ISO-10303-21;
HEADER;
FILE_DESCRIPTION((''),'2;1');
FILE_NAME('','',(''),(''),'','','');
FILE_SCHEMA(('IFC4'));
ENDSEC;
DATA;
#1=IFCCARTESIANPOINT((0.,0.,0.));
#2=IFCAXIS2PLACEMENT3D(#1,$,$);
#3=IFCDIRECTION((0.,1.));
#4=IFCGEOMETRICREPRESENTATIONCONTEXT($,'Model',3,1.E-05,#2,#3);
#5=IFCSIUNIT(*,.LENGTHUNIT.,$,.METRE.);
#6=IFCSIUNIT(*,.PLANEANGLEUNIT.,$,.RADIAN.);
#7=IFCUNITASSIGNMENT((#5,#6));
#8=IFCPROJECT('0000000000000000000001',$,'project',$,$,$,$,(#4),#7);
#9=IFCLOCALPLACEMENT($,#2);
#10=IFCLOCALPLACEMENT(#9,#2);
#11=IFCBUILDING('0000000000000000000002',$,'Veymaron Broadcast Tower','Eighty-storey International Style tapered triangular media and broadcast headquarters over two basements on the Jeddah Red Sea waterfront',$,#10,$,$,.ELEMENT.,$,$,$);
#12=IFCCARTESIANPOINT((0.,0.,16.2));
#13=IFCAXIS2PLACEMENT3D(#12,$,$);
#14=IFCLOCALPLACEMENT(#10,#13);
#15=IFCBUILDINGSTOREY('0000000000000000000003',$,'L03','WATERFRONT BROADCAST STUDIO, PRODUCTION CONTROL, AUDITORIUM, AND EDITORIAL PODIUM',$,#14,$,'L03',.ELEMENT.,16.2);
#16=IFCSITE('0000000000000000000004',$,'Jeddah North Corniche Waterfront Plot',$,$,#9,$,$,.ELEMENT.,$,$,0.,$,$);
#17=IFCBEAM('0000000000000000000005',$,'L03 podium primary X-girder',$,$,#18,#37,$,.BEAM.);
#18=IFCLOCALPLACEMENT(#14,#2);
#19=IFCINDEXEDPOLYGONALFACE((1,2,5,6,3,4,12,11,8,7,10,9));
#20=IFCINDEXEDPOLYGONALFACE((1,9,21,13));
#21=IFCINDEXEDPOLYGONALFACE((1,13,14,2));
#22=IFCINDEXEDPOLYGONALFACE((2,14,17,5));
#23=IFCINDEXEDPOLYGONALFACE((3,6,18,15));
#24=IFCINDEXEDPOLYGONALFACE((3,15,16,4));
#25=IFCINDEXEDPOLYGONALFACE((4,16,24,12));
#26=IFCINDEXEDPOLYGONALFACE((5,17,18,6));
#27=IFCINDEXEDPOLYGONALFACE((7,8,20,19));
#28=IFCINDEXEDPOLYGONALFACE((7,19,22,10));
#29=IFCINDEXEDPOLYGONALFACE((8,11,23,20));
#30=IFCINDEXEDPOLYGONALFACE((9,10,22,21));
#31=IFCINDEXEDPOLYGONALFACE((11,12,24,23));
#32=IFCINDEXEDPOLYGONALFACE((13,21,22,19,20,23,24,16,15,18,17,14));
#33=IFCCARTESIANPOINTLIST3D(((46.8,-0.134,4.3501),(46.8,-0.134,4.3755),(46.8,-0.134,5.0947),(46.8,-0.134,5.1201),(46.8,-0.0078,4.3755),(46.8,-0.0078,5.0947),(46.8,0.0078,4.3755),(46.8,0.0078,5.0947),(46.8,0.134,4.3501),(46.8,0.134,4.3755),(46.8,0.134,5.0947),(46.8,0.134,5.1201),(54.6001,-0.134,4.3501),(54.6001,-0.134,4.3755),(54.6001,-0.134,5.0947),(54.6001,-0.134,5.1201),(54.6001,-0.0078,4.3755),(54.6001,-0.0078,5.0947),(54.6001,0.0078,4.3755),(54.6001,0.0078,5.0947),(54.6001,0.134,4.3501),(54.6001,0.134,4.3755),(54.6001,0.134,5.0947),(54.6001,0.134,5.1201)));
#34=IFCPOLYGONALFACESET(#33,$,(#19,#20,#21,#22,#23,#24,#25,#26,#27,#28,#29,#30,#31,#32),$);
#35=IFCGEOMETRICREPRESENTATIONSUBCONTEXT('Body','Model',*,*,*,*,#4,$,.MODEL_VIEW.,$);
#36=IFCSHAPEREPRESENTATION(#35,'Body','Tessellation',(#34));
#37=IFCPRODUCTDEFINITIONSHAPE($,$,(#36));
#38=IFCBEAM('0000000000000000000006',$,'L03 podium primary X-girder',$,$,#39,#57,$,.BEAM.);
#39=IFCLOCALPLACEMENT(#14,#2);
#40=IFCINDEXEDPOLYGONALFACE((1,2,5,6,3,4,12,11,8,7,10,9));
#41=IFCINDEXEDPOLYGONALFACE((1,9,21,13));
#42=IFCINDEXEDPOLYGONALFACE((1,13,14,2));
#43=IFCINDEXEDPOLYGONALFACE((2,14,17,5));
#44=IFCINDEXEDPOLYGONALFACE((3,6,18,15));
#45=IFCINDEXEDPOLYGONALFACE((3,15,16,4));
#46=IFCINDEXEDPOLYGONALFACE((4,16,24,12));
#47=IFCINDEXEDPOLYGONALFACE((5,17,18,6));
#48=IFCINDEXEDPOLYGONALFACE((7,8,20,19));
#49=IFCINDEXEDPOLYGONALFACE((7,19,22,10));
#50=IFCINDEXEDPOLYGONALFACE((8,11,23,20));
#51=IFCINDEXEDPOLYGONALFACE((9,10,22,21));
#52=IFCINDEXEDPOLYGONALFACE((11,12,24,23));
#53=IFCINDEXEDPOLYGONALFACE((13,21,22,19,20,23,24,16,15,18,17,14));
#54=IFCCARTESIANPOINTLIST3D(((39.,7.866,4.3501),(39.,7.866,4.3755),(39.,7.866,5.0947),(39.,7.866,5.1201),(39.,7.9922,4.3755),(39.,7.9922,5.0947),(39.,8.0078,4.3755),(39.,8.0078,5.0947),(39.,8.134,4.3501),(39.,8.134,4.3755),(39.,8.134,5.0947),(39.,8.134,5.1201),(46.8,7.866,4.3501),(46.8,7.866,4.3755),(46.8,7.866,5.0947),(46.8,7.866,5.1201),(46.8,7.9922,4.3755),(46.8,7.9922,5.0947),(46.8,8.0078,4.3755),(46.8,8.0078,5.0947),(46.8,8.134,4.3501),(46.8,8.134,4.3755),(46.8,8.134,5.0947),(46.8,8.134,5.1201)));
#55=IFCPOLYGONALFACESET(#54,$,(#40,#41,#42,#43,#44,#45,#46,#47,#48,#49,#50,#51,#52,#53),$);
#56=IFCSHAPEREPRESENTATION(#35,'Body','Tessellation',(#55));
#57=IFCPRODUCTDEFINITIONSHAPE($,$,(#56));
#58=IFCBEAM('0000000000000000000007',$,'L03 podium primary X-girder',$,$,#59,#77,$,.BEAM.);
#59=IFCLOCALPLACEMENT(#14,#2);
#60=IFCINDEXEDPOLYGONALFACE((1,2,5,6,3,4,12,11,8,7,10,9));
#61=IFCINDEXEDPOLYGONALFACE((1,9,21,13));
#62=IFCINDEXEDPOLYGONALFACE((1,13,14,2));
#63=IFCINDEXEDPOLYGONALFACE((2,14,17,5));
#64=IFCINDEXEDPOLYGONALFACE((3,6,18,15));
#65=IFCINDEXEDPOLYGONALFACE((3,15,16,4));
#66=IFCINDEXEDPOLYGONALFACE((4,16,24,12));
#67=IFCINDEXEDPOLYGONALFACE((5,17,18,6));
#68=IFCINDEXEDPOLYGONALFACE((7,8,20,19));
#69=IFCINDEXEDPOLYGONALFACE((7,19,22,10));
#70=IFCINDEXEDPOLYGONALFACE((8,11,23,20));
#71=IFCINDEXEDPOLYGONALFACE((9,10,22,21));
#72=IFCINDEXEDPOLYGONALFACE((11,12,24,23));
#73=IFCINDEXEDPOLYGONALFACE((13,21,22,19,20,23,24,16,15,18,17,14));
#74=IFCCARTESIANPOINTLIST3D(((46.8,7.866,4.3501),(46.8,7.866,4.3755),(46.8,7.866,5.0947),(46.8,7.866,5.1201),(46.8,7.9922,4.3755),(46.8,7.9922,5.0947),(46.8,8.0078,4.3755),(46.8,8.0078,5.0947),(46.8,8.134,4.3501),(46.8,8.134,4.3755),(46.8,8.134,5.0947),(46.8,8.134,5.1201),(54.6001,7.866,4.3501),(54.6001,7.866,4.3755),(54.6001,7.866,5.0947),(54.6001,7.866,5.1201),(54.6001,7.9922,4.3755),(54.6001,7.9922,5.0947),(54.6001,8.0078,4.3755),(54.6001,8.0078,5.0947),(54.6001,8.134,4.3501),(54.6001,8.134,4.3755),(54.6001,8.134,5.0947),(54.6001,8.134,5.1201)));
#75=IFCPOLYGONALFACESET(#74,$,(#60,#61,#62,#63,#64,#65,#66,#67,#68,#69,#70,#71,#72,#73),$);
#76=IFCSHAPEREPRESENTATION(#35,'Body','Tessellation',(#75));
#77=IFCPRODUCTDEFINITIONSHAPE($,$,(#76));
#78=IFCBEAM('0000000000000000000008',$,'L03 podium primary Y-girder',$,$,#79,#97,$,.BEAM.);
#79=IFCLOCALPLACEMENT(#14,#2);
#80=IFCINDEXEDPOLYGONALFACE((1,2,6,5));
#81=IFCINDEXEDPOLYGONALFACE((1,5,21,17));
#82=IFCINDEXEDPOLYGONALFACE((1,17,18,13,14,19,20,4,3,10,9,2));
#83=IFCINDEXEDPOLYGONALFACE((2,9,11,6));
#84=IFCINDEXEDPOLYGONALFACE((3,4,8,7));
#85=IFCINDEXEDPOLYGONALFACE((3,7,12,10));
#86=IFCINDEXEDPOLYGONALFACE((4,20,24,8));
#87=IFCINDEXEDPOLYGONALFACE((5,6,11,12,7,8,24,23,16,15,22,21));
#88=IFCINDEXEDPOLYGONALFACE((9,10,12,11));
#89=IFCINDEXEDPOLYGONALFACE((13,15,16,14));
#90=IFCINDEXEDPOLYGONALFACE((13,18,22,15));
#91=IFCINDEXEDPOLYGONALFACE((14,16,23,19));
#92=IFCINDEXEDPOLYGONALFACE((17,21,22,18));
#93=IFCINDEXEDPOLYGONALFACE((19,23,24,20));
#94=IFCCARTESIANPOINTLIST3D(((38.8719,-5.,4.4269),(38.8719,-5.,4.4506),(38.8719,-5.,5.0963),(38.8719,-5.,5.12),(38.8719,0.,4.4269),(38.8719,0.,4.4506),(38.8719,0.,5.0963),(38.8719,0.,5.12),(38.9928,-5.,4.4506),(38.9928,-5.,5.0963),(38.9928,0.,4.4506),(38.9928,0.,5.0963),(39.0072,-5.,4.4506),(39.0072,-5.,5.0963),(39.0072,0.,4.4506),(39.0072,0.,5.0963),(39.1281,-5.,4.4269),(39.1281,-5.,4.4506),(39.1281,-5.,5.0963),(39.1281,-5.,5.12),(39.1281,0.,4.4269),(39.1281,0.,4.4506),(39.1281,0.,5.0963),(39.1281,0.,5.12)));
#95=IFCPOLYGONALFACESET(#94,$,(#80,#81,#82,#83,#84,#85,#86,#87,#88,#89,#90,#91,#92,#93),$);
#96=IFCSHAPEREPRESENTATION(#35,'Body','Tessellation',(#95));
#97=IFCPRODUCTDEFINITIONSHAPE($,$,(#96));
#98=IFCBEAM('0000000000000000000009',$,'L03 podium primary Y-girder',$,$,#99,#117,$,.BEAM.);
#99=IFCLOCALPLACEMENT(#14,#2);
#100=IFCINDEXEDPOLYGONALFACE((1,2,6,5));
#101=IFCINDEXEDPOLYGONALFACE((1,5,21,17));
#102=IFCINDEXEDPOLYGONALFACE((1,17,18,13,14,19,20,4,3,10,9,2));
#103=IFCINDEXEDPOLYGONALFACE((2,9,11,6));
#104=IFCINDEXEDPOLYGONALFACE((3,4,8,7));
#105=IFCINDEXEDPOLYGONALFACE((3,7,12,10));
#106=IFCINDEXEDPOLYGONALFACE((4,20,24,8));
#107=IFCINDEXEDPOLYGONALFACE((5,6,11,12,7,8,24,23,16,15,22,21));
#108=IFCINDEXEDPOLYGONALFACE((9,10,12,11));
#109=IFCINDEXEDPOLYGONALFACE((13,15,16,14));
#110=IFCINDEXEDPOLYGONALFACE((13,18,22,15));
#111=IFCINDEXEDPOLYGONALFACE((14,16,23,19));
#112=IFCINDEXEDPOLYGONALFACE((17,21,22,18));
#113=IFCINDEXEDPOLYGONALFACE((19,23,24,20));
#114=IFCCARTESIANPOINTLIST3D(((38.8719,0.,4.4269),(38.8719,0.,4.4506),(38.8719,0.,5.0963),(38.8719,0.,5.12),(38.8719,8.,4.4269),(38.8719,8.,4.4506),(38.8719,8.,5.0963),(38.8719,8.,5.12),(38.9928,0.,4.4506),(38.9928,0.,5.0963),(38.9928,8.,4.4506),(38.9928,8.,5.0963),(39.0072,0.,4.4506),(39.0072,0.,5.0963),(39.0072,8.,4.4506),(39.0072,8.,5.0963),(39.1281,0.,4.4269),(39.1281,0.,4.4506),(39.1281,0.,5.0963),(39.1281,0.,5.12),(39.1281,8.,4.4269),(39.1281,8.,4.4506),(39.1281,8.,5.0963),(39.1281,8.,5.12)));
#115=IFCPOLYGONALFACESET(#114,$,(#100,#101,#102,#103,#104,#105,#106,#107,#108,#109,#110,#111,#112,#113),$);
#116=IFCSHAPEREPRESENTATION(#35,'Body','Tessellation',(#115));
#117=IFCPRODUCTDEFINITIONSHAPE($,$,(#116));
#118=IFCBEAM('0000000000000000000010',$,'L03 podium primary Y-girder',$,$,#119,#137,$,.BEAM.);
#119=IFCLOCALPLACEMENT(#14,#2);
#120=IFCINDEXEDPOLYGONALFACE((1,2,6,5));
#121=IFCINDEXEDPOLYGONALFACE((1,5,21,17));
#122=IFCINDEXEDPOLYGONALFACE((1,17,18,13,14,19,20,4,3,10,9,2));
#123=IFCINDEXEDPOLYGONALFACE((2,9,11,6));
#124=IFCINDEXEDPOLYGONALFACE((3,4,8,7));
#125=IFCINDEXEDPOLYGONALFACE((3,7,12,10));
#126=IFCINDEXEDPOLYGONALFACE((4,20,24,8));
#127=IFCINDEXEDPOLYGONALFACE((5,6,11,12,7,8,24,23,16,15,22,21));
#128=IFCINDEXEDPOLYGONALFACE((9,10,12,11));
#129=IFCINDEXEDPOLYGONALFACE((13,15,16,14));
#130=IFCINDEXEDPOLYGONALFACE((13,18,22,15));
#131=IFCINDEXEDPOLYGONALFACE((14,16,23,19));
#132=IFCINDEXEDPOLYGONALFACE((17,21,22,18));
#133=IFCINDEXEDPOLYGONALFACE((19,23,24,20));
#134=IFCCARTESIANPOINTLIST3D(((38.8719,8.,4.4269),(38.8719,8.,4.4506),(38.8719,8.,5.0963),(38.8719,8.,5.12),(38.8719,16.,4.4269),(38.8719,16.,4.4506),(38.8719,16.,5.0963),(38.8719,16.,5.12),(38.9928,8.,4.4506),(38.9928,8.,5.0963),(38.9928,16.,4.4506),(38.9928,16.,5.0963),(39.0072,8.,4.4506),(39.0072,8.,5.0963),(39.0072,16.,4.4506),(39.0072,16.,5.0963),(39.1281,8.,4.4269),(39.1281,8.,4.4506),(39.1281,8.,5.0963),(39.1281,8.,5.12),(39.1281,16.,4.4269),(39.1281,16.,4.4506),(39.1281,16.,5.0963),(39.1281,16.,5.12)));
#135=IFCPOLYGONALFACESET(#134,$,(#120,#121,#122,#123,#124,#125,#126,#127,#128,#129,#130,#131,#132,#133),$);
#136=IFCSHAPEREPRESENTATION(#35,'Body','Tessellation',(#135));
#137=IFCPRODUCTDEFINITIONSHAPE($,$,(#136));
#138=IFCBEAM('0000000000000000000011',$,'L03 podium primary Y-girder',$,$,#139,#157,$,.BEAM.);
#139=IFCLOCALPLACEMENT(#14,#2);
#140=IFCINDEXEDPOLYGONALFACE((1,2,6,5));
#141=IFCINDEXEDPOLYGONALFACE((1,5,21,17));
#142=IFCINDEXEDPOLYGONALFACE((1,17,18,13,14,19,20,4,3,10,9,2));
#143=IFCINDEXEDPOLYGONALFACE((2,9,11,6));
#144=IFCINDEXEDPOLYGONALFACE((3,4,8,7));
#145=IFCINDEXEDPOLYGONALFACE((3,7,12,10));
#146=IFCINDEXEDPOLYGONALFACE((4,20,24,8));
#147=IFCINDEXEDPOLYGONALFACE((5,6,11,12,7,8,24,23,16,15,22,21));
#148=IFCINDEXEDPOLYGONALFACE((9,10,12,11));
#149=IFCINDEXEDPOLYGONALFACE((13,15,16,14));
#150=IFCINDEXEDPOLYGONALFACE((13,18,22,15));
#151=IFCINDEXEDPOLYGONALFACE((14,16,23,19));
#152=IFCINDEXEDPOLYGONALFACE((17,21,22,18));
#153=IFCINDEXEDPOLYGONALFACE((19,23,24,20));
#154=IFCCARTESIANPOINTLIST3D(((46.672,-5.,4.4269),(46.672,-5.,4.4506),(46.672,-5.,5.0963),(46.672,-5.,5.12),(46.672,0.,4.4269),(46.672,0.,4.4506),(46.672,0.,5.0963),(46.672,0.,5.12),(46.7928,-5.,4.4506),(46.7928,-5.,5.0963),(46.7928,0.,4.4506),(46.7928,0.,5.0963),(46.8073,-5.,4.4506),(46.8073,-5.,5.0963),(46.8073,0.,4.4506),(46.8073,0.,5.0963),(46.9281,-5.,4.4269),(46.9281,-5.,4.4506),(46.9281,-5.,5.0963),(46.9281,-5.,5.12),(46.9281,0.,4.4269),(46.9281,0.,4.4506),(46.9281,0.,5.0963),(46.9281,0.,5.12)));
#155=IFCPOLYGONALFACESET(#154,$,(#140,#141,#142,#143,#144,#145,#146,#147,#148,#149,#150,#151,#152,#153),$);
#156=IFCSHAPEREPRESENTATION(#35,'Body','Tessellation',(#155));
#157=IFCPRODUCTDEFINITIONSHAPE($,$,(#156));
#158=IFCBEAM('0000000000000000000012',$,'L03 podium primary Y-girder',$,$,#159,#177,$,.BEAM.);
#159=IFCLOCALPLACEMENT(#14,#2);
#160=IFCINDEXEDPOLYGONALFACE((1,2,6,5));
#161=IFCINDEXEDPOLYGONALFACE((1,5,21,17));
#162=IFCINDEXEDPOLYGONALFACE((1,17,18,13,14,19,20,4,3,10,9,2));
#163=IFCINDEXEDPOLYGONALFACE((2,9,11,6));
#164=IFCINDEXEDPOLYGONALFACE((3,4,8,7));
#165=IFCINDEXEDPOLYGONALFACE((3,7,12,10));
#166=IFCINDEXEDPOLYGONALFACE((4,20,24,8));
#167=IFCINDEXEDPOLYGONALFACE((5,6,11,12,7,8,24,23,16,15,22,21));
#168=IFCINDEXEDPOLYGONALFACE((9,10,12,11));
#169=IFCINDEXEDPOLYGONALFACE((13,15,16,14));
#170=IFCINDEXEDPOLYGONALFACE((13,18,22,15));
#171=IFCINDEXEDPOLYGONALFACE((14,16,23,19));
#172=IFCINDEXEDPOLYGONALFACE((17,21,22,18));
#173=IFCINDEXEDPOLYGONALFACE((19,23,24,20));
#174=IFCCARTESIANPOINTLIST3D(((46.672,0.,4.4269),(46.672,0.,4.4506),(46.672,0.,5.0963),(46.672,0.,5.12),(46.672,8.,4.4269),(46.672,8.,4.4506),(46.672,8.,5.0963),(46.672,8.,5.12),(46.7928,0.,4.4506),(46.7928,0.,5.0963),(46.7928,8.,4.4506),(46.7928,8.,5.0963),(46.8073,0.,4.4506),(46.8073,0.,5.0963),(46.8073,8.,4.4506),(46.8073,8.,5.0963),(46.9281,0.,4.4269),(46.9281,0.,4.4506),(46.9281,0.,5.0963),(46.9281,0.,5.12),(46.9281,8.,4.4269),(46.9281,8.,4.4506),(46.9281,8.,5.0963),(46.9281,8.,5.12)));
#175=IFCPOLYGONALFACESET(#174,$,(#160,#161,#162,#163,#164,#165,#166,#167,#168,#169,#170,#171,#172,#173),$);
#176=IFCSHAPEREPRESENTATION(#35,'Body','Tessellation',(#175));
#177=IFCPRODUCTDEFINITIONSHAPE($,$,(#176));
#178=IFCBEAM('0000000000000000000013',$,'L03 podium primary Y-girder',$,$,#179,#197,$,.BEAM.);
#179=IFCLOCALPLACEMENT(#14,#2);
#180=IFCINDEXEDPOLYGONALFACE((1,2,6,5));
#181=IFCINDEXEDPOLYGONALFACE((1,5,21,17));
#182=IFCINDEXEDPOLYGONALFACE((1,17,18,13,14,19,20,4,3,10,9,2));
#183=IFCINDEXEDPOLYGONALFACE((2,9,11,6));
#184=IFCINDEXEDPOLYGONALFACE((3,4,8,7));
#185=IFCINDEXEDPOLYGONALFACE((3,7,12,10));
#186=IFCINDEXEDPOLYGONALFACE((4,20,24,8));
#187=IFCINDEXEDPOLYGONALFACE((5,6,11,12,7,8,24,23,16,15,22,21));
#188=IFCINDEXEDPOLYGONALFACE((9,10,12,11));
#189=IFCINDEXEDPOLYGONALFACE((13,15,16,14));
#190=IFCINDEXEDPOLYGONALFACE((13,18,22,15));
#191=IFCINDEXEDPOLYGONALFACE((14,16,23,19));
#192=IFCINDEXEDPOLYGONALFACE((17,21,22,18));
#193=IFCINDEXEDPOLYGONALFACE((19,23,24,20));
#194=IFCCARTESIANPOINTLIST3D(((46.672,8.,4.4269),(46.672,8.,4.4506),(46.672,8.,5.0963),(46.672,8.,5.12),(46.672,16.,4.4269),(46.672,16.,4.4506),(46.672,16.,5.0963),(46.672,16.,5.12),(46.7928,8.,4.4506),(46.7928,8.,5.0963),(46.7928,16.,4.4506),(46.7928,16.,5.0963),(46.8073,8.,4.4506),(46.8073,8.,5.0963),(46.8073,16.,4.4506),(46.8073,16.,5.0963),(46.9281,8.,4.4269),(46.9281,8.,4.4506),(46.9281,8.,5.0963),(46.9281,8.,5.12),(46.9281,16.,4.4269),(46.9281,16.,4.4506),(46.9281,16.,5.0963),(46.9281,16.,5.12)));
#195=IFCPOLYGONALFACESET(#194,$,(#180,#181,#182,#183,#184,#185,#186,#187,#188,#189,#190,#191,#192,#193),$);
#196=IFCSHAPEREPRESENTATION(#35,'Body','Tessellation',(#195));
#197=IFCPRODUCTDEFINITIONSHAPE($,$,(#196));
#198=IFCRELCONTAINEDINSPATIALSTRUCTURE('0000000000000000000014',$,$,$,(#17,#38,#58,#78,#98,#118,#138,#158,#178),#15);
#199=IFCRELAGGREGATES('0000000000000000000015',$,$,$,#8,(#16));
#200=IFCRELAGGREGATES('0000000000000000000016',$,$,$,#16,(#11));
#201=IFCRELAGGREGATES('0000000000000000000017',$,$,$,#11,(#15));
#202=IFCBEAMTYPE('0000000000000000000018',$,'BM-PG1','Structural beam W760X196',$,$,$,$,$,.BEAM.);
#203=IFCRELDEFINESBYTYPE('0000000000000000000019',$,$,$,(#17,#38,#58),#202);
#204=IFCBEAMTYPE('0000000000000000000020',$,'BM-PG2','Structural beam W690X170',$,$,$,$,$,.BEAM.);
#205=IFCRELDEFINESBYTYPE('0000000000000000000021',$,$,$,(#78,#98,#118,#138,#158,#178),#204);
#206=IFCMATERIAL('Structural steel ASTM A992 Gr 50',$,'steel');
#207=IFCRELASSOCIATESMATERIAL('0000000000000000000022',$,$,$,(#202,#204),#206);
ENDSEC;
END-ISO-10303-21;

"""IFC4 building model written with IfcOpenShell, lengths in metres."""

from ifc_helpers import new_model, si_unit, direction, frame, origin, origin_2d, place, context, subcontext, project, spatial, i_section, extrude, material, material_profile, profile_set, type_object, element, save


model = new_model("IFC4")

# Units and contexts
model_context = context("Model", 3, precision=1e-05, world=origin(), true_north=direction((0.0, 1.0)))
body_context = subcontext(model_context, "Body", "Model", "MODEL_VIEW")
ifc_project = project(units=[si_unit("LENGTHUNIT", "METRE"), si_unit("PLANEANGLEUNIT", "RADIAN")], contexts=[model_context])

# Site, building, storey
site_placement = place(None, origin())
site = spatial("IfcSite", under=ifc_project, at=site_placement, Name="Jeddah North Corniche Waterfront Plot", CompositionType="ELEMENT", RefElevation=0.0)
building_placement = place(site_placement, origin())
building = spatial("IfcBuilding", under=site, at=building_placement, Name="Veymaron Broadcast Tower", Description="Eighty-storey International Style tapered triangular media and broadcast headquarters over two basements on the Jeddah Red Sea waterfront", CompositionType="ELEMENT")
storey_placement = place(building_placement, frame((0.0, 0.0, 16.2)))
storey = spatial("IfcBuildingStorey", under=building, at=storey_placement, Name="L03", Description="WATERFRONT BROADCAST STUDIO, PRODUCTION CONTROL, AUDITORIUM, AND EDITORIAL PODIUM", LongName="L03", CompositionType="ELEMENT", Elevation=16.2)

# Shared definitions
ifc_material_1 = material(Name="Structural steel ASTM A992 Gr 50", Category="steel")

# Beams
ifc_material_profile_1 = material_profile(ifc_material_1, i_section(OverallWidth=0.2681, OverallDepth=0.77, WebThickness=0.0156, FlangeThickness=0.0254, at=origin_2d()), Name="W760X196")
ifc_profile_set_1 = profile_set([ifc_material_profile_1], Name="Structural steel ASTM A992 Gr 50")
beam_type_1 = type_object("IfcBeamType", Name="BM-PG1", Description="Structural beam W760X196", PredefinedType="BEAM", material=ifc_profile_set_1)
for number, where, z_axis, x_axis, name in (
    (1, (46.8, 0.0, 4.7351), (1.0, 0.0, 0.0), (0.0, 1.0, 0.0), "L03 podium primary X-girder"),
    (2, (39.0, 8.0, 4.7351), (1.0, 0.0, 0.0), (0.0, 1.0, 0.0), "L03 podium primary X-girder"),
    (3, (46.8, 8.0, 4.7351), (1.0, 0.0, 0.0), (0.0, 1.0, 0.0), "L03 podium primary X-girder"),
):
    element("IfcBeam", number, at=place(storey_placement, frame(where, z_axis=z_axis, x_axis=x_axis)), inside=storey, type_object=beam_type_1, Name=name, PredefinedType="BEAM", context=body_context, shape_type="SweptSolid", body=[
        extrude(i_section(OverallWidth=0.2681, OverallDepth=0.77, WebThickness=0.0156, FlangeThickness=0.0254, at=origin_2d()), origin(), (0.0, 0.0, 1.0), 7.8),
    ])
ifc_material_profile_2 = material_profile(ifc_material_1, i_section(OverallWidth=0.2561, OverallDepth=0.6931, WebThickness=0.0144, FlangeThickness=0.0237, at=origin_2d()), Name="W690X170")
ifc_profile_set_2 = profile_set([ifc_material_profile_2], Name="Structural steel ASTM A992 Gr 50")
beam_type_2 = type_object("IfcBeamType", Name="BM-PG2", Description="Structural beam W690X170", PredefinedType="BEAM", material=ifc_profile_set_2)
beam_1_placement = place(storey_placement, frame((39.0, -5.0, 4.7734), z_axis=(0.0, 1.0, 0.0), x_axis=(-1.0, 0.0, 0.0)))
element("IfcBeam", 4, at=beam_1_placement, inside=storey, type_object=beam_type_2, Name="L03 podium primary Y-girder", PredefinedType="BEAM", context=body_context, shape_type="SweptSolid", body=[
    extrude(i_section(OverallWidth=0.2561, OverallDepth=0.6931, WebThickness=0.0144, FlangeThickness=0.0237, at=origin_2d()), origin(), (0.0, 0.0, 1.0), 5.0),
])
for number, where, z_axis, x_axis, name in (
    (5, (39.0, 0.0, 4.7734), (0.0, 1.0, 0.0), (-1.0, 0.0, 0.0), "L03 podium primary Y-girder"),
    (6, (39.0, 8.0, 4.7734), (0.0, 1.0, 0.0), (-1.0, 0.0, 0.0), "L03 podium primary Y-girder"),
):
    element("IfcBeam", number, at=place(storey_placement, frame(where, z_axis=z_axis, x_axis=x_axis)), inside=storey, type_object=beam_type_2, Name=name, PredefinedType="BEAM", context=body_context, shape_type="SweptSolid", body=[
        extrude(i_section(OverallWidth=0.2561, OverallDepth=0.6931, WebThickness=0.0144, FlangeThickness=0.0237, at=origin_2d()), origin(), (0.0, 0.0, 1.0), 8.0),
    ])
beam_2_placement = place(storey_placement, frame((46.8, -5.0, 4.7734), z_axis=(0.0, 1.0, 0.0), x_axis=(-1.0, 0.0, 0.0)))
element("IfcBeam", 7, at=beam_2_placement, inside=storey, type_object=beam_type_2, Name="L03 podium primary Y-girder", PredefinedType="BEAM", context=body_context, shape_type="SweptSolid", body=[
    extrude(i_section(OverallWidth=0.2561, OverallDepth=0.6931, WebThickness=0.0144, FlangeThickness=0.0237, at=origin_2d()), origin(), (0.0, 0.0, 1.0), 5.0),
])
for number, where, z_axis, x_axis, name in (
    (8, (46.8, 0.0, 4.7734), (0.0, 1.0, 0.0), (-1.0, 0.0, 0.0), "L03 podium primary Y-girder"),
    (9, (46.8, 8.0, 4.7734), (0.0, 1.0, 0.0), (-1.0, 0.0, 0.0), "L03 podium primary Y-girder"),
):
    element("IfcBeam", number, at=place(storey_placement, frame(where, z_axis=z_axis, x_axis=x_axis)), inside=storey, type_object=beam_type_2, Name=name, PredefinedType="BEAM", context=body_context, shape_type="SweptSolid", body=[
        extrude(i_section(OverallWidth=0.2561, OverallDepth=0.6931, WebThickness=0.0144, FlangeThickness=0.0237, at=origin_2d()), origin(), (0.0, 0.0, 1.0), 8.0),
    ])

save(model, "model.ifc")
